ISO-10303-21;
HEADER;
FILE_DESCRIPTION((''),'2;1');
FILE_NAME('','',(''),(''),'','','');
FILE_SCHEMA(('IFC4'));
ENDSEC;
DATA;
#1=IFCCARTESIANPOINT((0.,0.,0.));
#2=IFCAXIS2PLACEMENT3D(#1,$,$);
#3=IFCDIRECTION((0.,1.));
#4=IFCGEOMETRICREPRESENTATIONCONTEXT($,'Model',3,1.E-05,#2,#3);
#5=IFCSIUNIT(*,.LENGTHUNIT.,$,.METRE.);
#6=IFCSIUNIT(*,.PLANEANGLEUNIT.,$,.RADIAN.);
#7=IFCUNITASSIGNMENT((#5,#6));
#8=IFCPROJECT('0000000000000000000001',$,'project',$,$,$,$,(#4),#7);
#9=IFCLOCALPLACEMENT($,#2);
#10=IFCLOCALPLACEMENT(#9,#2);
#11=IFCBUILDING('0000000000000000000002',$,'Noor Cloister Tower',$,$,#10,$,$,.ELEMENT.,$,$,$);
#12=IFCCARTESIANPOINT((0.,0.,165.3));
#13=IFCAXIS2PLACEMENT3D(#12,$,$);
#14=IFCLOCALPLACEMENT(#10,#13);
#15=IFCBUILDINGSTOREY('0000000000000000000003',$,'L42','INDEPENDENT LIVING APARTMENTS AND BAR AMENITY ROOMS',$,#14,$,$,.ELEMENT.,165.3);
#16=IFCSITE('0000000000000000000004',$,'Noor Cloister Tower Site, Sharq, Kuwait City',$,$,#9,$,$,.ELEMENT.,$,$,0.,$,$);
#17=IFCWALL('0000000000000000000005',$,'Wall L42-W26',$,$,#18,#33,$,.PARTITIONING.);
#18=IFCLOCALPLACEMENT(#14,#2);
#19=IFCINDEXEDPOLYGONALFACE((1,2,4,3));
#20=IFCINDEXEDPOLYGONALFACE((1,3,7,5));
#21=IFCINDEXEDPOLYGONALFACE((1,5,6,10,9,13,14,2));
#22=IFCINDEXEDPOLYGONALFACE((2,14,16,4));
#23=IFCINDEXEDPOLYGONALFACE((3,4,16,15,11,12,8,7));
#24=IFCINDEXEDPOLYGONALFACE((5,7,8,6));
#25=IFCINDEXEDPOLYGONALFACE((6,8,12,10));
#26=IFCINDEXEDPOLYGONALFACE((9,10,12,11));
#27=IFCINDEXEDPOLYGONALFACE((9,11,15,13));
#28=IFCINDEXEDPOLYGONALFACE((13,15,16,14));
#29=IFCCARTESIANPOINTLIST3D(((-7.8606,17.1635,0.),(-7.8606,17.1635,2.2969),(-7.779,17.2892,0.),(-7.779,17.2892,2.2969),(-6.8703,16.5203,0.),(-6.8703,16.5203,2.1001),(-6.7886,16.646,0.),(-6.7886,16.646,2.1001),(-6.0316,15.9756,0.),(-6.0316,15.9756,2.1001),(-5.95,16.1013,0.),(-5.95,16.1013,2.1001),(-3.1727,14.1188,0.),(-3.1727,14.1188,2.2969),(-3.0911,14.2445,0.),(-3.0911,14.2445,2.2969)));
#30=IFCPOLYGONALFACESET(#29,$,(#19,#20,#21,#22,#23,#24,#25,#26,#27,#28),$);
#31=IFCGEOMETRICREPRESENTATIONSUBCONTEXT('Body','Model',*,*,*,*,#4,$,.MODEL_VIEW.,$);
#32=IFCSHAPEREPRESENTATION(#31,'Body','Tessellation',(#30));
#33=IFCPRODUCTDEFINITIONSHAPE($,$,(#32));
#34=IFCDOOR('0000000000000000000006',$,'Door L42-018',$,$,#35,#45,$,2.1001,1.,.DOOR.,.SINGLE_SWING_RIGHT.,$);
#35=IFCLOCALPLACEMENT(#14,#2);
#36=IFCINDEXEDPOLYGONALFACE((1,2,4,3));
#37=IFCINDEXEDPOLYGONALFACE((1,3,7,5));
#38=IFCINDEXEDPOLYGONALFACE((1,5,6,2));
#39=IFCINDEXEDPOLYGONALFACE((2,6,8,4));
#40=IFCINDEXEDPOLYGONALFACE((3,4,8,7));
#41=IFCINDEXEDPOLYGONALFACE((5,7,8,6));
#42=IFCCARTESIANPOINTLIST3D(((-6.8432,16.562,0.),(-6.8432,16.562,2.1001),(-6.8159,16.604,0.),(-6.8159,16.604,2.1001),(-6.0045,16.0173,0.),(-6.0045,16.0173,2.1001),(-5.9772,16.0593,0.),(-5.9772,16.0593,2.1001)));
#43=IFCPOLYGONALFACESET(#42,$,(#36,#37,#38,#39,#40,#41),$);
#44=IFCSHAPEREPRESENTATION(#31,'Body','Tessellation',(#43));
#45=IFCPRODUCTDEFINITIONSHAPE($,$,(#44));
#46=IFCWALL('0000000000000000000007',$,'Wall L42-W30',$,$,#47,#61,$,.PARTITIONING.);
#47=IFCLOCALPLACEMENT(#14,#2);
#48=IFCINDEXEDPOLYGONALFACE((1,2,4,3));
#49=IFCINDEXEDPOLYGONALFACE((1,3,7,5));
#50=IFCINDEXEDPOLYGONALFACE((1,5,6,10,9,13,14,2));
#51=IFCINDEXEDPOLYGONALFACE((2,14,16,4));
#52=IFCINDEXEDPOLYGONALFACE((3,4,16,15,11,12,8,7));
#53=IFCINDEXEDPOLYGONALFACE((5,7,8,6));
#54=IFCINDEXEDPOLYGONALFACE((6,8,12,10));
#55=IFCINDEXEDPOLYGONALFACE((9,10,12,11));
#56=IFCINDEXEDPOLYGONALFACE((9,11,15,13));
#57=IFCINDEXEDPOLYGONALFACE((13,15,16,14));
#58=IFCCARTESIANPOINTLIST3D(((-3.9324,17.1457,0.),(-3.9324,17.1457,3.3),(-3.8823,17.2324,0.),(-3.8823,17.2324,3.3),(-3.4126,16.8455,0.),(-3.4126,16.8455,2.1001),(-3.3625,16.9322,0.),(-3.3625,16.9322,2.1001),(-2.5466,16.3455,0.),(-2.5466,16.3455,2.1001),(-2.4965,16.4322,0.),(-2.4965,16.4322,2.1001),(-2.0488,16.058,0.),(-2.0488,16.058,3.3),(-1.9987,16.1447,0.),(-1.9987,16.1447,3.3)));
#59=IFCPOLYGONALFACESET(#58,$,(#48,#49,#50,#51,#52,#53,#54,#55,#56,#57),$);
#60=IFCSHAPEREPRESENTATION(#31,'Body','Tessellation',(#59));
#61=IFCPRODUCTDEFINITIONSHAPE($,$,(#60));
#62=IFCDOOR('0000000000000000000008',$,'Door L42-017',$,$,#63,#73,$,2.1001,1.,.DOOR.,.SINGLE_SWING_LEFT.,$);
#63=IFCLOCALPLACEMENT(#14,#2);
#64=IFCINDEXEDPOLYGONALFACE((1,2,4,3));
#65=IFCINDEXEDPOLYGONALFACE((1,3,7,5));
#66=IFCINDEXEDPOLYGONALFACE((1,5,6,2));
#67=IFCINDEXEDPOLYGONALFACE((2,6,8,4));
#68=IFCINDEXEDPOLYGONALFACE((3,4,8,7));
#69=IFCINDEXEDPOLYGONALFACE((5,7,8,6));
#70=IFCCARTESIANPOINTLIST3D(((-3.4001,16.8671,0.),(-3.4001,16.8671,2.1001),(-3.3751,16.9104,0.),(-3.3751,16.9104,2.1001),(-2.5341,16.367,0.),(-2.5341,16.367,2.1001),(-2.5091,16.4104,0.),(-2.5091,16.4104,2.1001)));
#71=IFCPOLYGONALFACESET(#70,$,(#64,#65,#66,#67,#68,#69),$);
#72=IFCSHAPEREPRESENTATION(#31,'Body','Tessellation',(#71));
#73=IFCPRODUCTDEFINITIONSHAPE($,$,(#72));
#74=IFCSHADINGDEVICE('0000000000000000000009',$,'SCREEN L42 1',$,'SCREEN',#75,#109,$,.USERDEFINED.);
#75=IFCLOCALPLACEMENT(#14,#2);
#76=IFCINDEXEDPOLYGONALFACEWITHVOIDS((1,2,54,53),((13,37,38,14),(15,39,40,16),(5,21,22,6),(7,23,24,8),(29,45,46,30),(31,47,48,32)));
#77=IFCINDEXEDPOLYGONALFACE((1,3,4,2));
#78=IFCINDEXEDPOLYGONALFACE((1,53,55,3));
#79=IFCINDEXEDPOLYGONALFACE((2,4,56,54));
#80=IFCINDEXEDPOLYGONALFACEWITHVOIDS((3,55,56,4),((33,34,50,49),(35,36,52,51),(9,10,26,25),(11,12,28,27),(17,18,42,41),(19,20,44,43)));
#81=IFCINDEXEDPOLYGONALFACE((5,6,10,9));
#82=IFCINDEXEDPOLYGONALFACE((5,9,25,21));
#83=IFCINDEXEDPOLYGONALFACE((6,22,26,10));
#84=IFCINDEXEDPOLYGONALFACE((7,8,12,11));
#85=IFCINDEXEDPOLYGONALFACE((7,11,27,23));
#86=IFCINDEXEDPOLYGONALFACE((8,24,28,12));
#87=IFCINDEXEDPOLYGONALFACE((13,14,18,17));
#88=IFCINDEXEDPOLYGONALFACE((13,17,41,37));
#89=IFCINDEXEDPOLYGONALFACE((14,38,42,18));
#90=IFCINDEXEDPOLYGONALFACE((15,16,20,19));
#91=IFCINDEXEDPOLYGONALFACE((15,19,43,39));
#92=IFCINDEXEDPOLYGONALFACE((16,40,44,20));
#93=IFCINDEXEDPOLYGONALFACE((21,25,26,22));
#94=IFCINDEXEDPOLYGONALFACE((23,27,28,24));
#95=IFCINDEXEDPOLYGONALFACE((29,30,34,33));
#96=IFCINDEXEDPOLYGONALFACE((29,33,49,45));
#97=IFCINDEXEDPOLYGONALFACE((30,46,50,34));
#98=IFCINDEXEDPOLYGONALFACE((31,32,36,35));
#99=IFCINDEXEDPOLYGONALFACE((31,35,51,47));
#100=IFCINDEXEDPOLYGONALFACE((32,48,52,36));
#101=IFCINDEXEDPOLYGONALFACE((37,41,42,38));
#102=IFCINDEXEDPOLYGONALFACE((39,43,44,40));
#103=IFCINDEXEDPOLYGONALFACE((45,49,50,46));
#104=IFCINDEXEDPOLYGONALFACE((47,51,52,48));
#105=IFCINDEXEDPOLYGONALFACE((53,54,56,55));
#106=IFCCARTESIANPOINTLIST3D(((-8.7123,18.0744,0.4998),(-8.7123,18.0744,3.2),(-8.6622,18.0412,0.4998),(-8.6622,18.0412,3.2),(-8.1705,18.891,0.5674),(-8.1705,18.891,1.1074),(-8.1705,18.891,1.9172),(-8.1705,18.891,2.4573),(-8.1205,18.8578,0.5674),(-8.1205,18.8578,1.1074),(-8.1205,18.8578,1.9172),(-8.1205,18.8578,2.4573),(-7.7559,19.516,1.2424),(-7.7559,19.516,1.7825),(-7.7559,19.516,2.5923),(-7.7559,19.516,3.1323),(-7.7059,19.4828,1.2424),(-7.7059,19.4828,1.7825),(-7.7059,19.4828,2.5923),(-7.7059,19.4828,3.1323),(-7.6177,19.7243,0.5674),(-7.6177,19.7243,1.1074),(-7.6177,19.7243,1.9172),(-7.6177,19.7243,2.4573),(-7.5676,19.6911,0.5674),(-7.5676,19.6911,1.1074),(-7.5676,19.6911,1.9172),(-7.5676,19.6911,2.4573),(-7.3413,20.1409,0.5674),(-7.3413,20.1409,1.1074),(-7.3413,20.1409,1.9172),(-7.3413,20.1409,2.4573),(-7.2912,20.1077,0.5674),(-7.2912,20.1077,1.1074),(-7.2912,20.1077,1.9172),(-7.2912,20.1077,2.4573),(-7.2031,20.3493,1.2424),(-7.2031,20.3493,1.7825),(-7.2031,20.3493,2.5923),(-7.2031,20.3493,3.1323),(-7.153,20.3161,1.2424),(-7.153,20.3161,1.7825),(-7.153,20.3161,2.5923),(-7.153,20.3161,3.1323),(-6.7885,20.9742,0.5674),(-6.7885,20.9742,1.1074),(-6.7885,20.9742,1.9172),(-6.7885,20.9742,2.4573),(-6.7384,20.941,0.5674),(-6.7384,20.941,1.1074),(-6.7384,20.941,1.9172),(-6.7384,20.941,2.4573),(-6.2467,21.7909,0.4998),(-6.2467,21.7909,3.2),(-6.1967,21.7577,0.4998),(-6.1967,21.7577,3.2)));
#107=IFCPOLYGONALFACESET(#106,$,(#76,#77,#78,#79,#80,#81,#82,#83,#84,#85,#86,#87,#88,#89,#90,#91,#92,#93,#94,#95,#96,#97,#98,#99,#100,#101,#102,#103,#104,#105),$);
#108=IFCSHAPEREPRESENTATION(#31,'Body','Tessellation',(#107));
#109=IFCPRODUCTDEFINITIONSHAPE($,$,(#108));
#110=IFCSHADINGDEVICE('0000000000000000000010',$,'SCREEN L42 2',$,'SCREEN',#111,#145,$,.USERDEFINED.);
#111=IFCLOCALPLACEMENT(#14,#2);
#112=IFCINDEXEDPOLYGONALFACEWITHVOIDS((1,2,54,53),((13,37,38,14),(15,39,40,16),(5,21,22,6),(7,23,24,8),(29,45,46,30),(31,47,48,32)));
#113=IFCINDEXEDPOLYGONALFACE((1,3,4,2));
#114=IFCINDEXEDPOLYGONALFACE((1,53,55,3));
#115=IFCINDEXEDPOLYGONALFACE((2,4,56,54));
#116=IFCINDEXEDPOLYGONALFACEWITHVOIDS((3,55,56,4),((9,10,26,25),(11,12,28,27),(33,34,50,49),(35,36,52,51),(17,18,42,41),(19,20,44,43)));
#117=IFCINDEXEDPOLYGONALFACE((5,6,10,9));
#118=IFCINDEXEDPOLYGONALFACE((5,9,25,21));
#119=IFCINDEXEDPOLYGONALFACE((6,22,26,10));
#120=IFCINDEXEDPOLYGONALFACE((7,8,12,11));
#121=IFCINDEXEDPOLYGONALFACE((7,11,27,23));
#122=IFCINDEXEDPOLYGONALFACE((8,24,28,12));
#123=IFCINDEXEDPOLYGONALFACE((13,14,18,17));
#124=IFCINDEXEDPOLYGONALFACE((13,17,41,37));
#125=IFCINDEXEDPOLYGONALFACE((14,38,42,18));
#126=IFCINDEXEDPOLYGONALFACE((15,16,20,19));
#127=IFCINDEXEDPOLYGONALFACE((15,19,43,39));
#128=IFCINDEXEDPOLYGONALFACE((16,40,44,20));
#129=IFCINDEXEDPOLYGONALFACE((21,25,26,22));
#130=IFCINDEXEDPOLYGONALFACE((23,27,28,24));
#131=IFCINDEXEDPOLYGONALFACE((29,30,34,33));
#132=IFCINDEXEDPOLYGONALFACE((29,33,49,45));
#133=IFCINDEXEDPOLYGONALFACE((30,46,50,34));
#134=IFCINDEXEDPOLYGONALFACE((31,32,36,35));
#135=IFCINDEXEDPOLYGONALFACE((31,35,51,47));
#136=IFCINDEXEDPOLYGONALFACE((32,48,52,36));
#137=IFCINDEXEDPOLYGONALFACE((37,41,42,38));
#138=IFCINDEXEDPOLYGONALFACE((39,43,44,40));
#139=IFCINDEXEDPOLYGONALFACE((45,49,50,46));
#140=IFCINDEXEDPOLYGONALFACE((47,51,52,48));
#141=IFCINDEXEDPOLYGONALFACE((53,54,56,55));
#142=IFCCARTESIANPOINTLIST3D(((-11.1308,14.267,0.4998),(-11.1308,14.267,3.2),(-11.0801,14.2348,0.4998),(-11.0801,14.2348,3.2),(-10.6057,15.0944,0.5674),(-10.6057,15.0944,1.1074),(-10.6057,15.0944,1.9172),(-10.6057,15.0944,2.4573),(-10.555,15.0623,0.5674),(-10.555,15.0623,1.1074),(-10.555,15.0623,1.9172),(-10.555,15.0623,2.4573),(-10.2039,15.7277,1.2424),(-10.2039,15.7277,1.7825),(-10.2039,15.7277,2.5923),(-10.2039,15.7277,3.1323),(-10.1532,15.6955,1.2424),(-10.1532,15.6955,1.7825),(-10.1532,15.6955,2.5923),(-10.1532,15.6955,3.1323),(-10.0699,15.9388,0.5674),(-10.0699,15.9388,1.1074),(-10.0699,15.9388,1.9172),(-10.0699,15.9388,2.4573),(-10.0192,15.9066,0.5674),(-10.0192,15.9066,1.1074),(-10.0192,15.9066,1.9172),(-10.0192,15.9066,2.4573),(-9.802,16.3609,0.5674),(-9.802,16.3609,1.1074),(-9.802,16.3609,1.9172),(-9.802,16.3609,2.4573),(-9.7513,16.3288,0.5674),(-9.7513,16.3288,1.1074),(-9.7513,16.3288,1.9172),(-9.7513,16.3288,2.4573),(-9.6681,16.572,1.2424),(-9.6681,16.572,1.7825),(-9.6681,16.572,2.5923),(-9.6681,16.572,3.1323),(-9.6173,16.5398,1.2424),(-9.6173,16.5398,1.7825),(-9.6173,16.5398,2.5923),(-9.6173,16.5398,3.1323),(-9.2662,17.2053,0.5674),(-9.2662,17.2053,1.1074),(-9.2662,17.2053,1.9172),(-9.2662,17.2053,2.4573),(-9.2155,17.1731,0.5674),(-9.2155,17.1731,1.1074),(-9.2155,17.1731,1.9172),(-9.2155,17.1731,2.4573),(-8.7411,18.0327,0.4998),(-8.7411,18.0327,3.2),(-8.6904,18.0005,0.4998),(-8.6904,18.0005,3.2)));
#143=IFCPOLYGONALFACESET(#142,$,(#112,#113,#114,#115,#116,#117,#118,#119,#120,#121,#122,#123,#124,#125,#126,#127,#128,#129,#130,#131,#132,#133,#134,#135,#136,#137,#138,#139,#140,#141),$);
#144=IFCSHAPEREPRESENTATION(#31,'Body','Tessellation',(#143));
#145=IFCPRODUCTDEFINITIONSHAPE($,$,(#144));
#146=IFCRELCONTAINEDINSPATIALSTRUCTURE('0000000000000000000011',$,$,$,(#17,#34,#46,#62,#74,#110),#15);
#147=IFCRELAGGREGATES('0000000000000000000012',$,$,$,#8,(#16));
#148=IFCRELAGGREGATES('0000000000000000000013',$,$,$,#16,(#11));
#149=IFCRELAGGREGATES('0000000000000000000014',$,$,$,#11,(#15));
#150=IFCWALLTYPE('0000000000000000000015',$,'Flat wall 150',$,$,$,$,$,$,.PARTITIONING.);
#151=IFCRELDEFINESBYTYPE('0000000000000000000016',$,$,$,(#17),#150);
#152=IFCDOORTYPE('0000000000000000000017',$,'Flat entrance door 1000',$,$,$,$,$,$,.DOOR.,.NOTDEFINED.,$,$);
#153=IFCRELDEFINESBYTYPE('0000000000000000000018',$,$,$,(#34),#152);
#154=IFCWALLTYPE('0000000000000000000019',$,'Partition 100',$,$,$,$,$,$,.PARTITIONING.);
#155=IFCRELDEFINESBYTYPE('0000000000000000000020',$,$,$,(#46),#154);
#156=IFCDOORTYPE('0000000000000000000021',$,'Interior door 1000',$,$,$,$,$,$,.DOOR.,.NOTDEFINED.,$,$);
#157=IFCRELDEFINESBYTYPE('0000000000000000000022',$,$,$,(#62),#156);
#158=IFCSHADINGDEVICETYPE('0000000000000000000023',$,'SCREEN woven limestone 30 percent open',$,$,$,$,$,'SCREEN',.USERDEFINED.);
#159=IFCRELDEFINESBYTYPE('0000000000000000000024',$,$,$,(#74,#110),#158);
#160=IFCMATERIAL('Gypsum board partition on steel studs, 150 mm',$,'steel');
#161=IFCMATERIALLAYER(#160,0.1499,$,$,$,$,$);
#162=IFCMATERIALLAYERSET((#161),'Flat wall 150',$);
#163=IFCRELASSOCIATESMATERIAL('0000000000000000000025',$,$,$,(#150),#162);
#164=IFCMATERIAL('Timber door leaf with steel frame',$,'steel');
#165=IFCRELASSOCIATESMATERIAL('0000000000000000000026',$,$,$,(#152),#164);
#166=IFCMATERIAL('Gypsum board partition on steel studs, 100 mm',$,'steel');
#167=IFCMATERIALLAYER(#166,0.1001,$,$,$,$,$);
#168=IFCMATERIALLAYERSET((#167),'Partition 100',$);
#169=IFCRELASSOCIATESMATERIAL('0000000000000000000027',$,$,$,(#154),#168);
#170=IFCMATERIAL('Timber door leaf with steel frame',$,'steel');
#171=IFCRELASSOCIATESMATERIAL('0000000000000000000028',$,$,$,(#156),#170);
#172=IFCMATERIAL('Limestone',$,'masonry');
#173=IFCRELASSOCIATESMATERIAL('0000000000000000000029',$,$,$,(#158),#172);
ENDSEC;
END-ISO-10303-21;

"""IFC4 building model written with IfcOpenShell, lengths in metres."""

from ifc_helpers import new_model, si_unit, direction, frame, frame_2d, origin, place, context, subcontext, project, spatial, polyline, rectangle, outline, extrude, material, layer, layer_set, material_profile, profile_set, type_object, element, fill, save


model = new_model("IFC4")

# Units and contexts
model_context = context("Model", 3, precision=1e-05, world=origin(), true_north=direction((0.0, 1.0)))
body_context = subcontext(model_context, "Body", "Model", "MODEL_VIEW")
ifc_project = project(units=[si_unit("LENGTHUNIT", "METRE"), si_unit("PLANEANGLEUNIT", "RADIAN")], contexts=[model_context])

# Site, building, storey
site_placement = place(None, origin())
site = spatial("IfcSite", under=ifc_project, at=site_placement, Name="Noor Cloister Tower Site, Sharq, Kuwait City", CompositionType="ELEMENT", RefElevation=0.0)
building_placement = place(site_placement, origin())
building = spatial("IfcBuilding", under=site, at=building_placement, Name="Noor Cloister Tower", CompositionType="ELEMENT")
storey_placement = place(building_placement, frame((0.0, 0.0, 165.3)))
storey = spatial("IfcBuildingStorey", under=building, at=storey_placement, Name="L42", Description="INDEPENDENT LIVING APARTMENTS AND BAR AMENITY ROOMS", CompositionType="ELEMENT", Elevation=165.3)

# Walls, openings, doors
ifc_material_1 = material(Name="Gypsum board partition on steel studs, 150 mm", Category="steel")
ifc_layer_1 = layer(ifc_material_1, 0.1499)
ifc_layer_set_1 = layer_set([ifc_layer_1], Name="Flat wall 150")
wall_type_1 = type_object("IfcWallType", Name="Flat wall 150", PredefinedType="PARTITIONING", material=ifc_layer_set_1)
wall_1_placement = place(storey_placement, frame((-7.8198, 17.2263, 0.0), z_axis=(0.0, 0.0, 1.0), x_axis=(0.838649, -0.544672, 0.0)))
wall_1 = element("IfcWall", 1, at=wall_1_placement, inside=storey, type_object=wall_type_1, Name="Wall L42-W26", PredefinedType="PARTITIONING", context=body_context, shape_type="SweptSolid", body=[
    extrude(rectangle(XDim=5.5898, YDim=0.1499, at=frame_2d((2.7949, 0.0))), origin(), (0.0, 0.0, 1.0), 2.2969),
])
opening_1_placement = place(wall_1_placement, frame((1.1809, 0.0, 0.0)))
opening_1 = element("IfcOpeningElement", 2, at=opening_1_placement, cuts=wall_1, PredefinedType="OPENING", context=body_context, shape_type="SweptSolid", body=[
    extrude(rectangle(XDim=1.0, YDim=2.1001, at=frame_2d((0.5, 1.05))), frame((0.0, 0.085, 0.0), z_axis=(0.0, -1.0, 0.0), x_axis=(1.0, 0.0, 0.0)), (0.0, 0.0, 1.0), 0.1699),
])
ifc_material_2 = material(Name="Timber door leaf with steel frame", Category="steel")
door_type_1 = type_object("IfcDoorType", Name="Flat entrance door 1000", OperationType="NOTDEFINED", PredefinedType="DOOR", material=ifc_material_2)
door_1_placement = place(opening_1_placement, origin())
door_1 = element("IfcDoor", 3, at=door_1_placement, inside=storey, type_object=door_type_1, Name="Door L42-018", OperationType="SINGLE_SWING_RIGHT", OverallHeight=2.1001, OverallWidth=1.0, PredefinedType="DOOR", context=body_context, shape_type="SweptSolid", body=[
    extrude(rectangle(XDim=1.0, YDim=2.1001, at=frame_2d((0.5, 1.05))), frame((0.0, 0.0249, 0.0), z_axis=(0.0, -1.0, 0.0), x_axis=(1.0, 0.0, 0.0)), (0.0, 0.0, 1.0), 0.05),
])
fill(opening_1, door_1)
ifc_material_3 = material(Name="Gypsum board partition on steel studs, 100 mm", Category="steel")
ifc_layer_2 = layer(ifc_material_3, 0.1001)
ifc_layer_set_2 = layer_set([ifc_layer_2], Name="Partition 100")
wall_type_2 = type_object("IfcWallType", Name="Partition 100", PredefinedType="PARTITIONING", material=ifc_layer_set_2)
wall_2_placement = place(storey_placement, frame((-3.9072, 17.189, 0.0), z_axis=(0.0, 0.0, 1.0), x_axis=(0.865989, -0.500063, 0.0)))
wall_2 = element("IfcWall", 4, at=wall_2_placement, inside=storey, type_object=wall_type_2, Name="Wall L42-W30", PredefinedType="PARTITIONING", context=body_context, shape_type="SweptSolid", body=[
    extrude(rectangle(XDim=2.175, YDim=0.1001, at=frame_2d((1.0874, 0.0))), origin(), (0.0, 0.0, 1.0), 3.3),
])
opening_2_placement = place(wall_2_placement, frame((0.6001, 0.0, 0.0)))
opening_2 = element("IfcOpeningElement", 5, at=opening_2_placement, cuts=wall_2, PredefinedType="OPENING", context=body_context, shape_type="SweptSolid", body=[
    extrude(rectangle(XDim=1.0, YDim=2.1001, at=frame_2d((0.5, 1.05))), frame((0.0, 0.0601, 0.0), z_axis=(0.0, -1.0, 0.0), x_axis=(1.0, 0.0, 0.0)), (0.0, 0.0, 1.0), 0.1201),
])
ifc_material_4 = material(Name="Timber door leaf with steel frame", Category="steel")
door_type_2 = type_object("IfcDoorType", Name="Interior door 1000", OperationType="NOTDEFINED", PredefinedType="DOOR", material=ifc_material_4)
door_2_placement = place(opening_2_placement, origin())
door_2 = element("IfcDoor", 6, at=door_2_placement, inside=storey, type_object=door_type_2, Name="Door L42-017", OperationType="SINGLE_SWING_LEFT", OverallHeight=2.1001, OverallWidth=1.0, PredefinedType="DOOR", context=body_context, shape_type="SweptSolid", body=[
    extrude(rectangle(XDim=1.0, YDim=2.1001, at=frame_2d((0.5, 1.05))), frame((0.0, 0.0249, 0.0), z_axis=(0.0, -1.0, 0.0), x_axis=(1.0, 0.0, 0.0)), (0.0, 0.0, 1.0), 0.05),
])
fill(opening_2, door_2)

# Shading devices
ifc_material_5 = material(Name="Limestone", Category="masonry")
ifc_material_profile_1 = material_profile(ifc_material_5, outline(polyline([(-2.23, -1.3501), (2.23, -1.3501), (2.23, 1.3501), (-2.23, 1.3501), (-2.23, -1.3501)]), holes=[polyline([(-1.25, -1.2825), (-0.25, -1.2825), (-0.25, -0.7424), (-1.25, -0.7424), (-1.25, -1.2825)]), polyline([(0.25, -1.2825), (1.25, -1.2825), (1.25, -0.7424), (0.25, -0.7424), (0.25, -1.2825)]), polyline([(-0.5, -0.6074), (0.5, -0.6074), (0.5, -0.0674), (-0.5, -0.0674), (-0.5, -0.6074)]), polyline([(-1.25, 0.0674), (-0.25, 0.0674), (-0.25, 0.6074), (-1.25, 0.6074), (-1.25, 0.0674)]), polyline([(0.25, 0.0674), (1.25, 0.0674), (1.25, 0.6074), (0.25, 0.6074), (0.25, 0.0674)]), polyline([(-0.5, 0.7424), (0.5, 0.7424), (0.5, 1.2825), (-0.5, 1.2825), (-0.5, 0.7424)])]), Name="Woven screen 30 percent open")
ifc_profile_set_1 = profile_set([ifc_material_profile_1], Name="Limestone")
shading_device_type = type_object("IfcShadingDeviceType", Name="SCREEN woven limestone 30 percent open", ElementType="SCREEN", PredefinedType="USERDEFINED", material=ifc_profile_set_1)
for number, where, z_axis, x_axis, name in (
    (7, (-7.4294, 19.8994, 1.8499), (-0.833299, 0.552823, 0.0), (-0.552823, -0.833299, 0.0), "SCREEN L42 1"),
    (8, (-9.8853, 16.1177, 1.8499), (-0.844329, 0.535824, 0.0), (-0.535824, -0.844329, 0.0), "SCREEN L42 2"),
):
    element("IfcShadingDevice", number, at=place(storey_placement, frame(where, z_axis=z_axis, x_axis=x_axis)), inside=storey, type_object=shading_device_type, Name=name, ObjectType="SCREEN", PredefinedType="USERDEFINED", context=body_context, shape_type="SweptSolid", body=[
        extrude(outline(polyline([(-2.23, -1.3501), (2.23, -1.3501), (2.23, 1.3501), (-2.23, 1.3501), (-2.23, -1.3501)]), holes=[polyline([(-1.25, -1.2825), (-0.25, -1.2825), (-0.25, -0.7424), (-1.25, -0.7424), (-1.25, -1.2825)]), polyline([(0.25, -1.2825), (1.25, -1.2825), (1.25, -0.7424), (0.25, -0.7424), (0.25, -1.2825)]), polyline([(-0.5, -0.6074), (0.5, -0.6074), (0.5, -0.0674), (-0.5, -0.0674), (-0.5, -0.6074)]), polyline([(-1.25, 0.0674), (-0.25, 0.0674), (-0.25, 0.6074), (-1.25, 0.6074), (-1.25, 0.0674)]), polyline([(0.25, 0.0674), (1.25, 0.0674), (1.25, 0.6074), (0.25, 0.6074), (0.25, 0.0674)]), polyline([(-0.5, 0.7424), (0.5, 0.7424), (0.5, 1.2825), (-0.5, 1.2825), (-0.5, 0.7424)])]), origin(), (0.0, 0.0, 1.0), 0.0601),
    ])

save(model, "model.ifc")
